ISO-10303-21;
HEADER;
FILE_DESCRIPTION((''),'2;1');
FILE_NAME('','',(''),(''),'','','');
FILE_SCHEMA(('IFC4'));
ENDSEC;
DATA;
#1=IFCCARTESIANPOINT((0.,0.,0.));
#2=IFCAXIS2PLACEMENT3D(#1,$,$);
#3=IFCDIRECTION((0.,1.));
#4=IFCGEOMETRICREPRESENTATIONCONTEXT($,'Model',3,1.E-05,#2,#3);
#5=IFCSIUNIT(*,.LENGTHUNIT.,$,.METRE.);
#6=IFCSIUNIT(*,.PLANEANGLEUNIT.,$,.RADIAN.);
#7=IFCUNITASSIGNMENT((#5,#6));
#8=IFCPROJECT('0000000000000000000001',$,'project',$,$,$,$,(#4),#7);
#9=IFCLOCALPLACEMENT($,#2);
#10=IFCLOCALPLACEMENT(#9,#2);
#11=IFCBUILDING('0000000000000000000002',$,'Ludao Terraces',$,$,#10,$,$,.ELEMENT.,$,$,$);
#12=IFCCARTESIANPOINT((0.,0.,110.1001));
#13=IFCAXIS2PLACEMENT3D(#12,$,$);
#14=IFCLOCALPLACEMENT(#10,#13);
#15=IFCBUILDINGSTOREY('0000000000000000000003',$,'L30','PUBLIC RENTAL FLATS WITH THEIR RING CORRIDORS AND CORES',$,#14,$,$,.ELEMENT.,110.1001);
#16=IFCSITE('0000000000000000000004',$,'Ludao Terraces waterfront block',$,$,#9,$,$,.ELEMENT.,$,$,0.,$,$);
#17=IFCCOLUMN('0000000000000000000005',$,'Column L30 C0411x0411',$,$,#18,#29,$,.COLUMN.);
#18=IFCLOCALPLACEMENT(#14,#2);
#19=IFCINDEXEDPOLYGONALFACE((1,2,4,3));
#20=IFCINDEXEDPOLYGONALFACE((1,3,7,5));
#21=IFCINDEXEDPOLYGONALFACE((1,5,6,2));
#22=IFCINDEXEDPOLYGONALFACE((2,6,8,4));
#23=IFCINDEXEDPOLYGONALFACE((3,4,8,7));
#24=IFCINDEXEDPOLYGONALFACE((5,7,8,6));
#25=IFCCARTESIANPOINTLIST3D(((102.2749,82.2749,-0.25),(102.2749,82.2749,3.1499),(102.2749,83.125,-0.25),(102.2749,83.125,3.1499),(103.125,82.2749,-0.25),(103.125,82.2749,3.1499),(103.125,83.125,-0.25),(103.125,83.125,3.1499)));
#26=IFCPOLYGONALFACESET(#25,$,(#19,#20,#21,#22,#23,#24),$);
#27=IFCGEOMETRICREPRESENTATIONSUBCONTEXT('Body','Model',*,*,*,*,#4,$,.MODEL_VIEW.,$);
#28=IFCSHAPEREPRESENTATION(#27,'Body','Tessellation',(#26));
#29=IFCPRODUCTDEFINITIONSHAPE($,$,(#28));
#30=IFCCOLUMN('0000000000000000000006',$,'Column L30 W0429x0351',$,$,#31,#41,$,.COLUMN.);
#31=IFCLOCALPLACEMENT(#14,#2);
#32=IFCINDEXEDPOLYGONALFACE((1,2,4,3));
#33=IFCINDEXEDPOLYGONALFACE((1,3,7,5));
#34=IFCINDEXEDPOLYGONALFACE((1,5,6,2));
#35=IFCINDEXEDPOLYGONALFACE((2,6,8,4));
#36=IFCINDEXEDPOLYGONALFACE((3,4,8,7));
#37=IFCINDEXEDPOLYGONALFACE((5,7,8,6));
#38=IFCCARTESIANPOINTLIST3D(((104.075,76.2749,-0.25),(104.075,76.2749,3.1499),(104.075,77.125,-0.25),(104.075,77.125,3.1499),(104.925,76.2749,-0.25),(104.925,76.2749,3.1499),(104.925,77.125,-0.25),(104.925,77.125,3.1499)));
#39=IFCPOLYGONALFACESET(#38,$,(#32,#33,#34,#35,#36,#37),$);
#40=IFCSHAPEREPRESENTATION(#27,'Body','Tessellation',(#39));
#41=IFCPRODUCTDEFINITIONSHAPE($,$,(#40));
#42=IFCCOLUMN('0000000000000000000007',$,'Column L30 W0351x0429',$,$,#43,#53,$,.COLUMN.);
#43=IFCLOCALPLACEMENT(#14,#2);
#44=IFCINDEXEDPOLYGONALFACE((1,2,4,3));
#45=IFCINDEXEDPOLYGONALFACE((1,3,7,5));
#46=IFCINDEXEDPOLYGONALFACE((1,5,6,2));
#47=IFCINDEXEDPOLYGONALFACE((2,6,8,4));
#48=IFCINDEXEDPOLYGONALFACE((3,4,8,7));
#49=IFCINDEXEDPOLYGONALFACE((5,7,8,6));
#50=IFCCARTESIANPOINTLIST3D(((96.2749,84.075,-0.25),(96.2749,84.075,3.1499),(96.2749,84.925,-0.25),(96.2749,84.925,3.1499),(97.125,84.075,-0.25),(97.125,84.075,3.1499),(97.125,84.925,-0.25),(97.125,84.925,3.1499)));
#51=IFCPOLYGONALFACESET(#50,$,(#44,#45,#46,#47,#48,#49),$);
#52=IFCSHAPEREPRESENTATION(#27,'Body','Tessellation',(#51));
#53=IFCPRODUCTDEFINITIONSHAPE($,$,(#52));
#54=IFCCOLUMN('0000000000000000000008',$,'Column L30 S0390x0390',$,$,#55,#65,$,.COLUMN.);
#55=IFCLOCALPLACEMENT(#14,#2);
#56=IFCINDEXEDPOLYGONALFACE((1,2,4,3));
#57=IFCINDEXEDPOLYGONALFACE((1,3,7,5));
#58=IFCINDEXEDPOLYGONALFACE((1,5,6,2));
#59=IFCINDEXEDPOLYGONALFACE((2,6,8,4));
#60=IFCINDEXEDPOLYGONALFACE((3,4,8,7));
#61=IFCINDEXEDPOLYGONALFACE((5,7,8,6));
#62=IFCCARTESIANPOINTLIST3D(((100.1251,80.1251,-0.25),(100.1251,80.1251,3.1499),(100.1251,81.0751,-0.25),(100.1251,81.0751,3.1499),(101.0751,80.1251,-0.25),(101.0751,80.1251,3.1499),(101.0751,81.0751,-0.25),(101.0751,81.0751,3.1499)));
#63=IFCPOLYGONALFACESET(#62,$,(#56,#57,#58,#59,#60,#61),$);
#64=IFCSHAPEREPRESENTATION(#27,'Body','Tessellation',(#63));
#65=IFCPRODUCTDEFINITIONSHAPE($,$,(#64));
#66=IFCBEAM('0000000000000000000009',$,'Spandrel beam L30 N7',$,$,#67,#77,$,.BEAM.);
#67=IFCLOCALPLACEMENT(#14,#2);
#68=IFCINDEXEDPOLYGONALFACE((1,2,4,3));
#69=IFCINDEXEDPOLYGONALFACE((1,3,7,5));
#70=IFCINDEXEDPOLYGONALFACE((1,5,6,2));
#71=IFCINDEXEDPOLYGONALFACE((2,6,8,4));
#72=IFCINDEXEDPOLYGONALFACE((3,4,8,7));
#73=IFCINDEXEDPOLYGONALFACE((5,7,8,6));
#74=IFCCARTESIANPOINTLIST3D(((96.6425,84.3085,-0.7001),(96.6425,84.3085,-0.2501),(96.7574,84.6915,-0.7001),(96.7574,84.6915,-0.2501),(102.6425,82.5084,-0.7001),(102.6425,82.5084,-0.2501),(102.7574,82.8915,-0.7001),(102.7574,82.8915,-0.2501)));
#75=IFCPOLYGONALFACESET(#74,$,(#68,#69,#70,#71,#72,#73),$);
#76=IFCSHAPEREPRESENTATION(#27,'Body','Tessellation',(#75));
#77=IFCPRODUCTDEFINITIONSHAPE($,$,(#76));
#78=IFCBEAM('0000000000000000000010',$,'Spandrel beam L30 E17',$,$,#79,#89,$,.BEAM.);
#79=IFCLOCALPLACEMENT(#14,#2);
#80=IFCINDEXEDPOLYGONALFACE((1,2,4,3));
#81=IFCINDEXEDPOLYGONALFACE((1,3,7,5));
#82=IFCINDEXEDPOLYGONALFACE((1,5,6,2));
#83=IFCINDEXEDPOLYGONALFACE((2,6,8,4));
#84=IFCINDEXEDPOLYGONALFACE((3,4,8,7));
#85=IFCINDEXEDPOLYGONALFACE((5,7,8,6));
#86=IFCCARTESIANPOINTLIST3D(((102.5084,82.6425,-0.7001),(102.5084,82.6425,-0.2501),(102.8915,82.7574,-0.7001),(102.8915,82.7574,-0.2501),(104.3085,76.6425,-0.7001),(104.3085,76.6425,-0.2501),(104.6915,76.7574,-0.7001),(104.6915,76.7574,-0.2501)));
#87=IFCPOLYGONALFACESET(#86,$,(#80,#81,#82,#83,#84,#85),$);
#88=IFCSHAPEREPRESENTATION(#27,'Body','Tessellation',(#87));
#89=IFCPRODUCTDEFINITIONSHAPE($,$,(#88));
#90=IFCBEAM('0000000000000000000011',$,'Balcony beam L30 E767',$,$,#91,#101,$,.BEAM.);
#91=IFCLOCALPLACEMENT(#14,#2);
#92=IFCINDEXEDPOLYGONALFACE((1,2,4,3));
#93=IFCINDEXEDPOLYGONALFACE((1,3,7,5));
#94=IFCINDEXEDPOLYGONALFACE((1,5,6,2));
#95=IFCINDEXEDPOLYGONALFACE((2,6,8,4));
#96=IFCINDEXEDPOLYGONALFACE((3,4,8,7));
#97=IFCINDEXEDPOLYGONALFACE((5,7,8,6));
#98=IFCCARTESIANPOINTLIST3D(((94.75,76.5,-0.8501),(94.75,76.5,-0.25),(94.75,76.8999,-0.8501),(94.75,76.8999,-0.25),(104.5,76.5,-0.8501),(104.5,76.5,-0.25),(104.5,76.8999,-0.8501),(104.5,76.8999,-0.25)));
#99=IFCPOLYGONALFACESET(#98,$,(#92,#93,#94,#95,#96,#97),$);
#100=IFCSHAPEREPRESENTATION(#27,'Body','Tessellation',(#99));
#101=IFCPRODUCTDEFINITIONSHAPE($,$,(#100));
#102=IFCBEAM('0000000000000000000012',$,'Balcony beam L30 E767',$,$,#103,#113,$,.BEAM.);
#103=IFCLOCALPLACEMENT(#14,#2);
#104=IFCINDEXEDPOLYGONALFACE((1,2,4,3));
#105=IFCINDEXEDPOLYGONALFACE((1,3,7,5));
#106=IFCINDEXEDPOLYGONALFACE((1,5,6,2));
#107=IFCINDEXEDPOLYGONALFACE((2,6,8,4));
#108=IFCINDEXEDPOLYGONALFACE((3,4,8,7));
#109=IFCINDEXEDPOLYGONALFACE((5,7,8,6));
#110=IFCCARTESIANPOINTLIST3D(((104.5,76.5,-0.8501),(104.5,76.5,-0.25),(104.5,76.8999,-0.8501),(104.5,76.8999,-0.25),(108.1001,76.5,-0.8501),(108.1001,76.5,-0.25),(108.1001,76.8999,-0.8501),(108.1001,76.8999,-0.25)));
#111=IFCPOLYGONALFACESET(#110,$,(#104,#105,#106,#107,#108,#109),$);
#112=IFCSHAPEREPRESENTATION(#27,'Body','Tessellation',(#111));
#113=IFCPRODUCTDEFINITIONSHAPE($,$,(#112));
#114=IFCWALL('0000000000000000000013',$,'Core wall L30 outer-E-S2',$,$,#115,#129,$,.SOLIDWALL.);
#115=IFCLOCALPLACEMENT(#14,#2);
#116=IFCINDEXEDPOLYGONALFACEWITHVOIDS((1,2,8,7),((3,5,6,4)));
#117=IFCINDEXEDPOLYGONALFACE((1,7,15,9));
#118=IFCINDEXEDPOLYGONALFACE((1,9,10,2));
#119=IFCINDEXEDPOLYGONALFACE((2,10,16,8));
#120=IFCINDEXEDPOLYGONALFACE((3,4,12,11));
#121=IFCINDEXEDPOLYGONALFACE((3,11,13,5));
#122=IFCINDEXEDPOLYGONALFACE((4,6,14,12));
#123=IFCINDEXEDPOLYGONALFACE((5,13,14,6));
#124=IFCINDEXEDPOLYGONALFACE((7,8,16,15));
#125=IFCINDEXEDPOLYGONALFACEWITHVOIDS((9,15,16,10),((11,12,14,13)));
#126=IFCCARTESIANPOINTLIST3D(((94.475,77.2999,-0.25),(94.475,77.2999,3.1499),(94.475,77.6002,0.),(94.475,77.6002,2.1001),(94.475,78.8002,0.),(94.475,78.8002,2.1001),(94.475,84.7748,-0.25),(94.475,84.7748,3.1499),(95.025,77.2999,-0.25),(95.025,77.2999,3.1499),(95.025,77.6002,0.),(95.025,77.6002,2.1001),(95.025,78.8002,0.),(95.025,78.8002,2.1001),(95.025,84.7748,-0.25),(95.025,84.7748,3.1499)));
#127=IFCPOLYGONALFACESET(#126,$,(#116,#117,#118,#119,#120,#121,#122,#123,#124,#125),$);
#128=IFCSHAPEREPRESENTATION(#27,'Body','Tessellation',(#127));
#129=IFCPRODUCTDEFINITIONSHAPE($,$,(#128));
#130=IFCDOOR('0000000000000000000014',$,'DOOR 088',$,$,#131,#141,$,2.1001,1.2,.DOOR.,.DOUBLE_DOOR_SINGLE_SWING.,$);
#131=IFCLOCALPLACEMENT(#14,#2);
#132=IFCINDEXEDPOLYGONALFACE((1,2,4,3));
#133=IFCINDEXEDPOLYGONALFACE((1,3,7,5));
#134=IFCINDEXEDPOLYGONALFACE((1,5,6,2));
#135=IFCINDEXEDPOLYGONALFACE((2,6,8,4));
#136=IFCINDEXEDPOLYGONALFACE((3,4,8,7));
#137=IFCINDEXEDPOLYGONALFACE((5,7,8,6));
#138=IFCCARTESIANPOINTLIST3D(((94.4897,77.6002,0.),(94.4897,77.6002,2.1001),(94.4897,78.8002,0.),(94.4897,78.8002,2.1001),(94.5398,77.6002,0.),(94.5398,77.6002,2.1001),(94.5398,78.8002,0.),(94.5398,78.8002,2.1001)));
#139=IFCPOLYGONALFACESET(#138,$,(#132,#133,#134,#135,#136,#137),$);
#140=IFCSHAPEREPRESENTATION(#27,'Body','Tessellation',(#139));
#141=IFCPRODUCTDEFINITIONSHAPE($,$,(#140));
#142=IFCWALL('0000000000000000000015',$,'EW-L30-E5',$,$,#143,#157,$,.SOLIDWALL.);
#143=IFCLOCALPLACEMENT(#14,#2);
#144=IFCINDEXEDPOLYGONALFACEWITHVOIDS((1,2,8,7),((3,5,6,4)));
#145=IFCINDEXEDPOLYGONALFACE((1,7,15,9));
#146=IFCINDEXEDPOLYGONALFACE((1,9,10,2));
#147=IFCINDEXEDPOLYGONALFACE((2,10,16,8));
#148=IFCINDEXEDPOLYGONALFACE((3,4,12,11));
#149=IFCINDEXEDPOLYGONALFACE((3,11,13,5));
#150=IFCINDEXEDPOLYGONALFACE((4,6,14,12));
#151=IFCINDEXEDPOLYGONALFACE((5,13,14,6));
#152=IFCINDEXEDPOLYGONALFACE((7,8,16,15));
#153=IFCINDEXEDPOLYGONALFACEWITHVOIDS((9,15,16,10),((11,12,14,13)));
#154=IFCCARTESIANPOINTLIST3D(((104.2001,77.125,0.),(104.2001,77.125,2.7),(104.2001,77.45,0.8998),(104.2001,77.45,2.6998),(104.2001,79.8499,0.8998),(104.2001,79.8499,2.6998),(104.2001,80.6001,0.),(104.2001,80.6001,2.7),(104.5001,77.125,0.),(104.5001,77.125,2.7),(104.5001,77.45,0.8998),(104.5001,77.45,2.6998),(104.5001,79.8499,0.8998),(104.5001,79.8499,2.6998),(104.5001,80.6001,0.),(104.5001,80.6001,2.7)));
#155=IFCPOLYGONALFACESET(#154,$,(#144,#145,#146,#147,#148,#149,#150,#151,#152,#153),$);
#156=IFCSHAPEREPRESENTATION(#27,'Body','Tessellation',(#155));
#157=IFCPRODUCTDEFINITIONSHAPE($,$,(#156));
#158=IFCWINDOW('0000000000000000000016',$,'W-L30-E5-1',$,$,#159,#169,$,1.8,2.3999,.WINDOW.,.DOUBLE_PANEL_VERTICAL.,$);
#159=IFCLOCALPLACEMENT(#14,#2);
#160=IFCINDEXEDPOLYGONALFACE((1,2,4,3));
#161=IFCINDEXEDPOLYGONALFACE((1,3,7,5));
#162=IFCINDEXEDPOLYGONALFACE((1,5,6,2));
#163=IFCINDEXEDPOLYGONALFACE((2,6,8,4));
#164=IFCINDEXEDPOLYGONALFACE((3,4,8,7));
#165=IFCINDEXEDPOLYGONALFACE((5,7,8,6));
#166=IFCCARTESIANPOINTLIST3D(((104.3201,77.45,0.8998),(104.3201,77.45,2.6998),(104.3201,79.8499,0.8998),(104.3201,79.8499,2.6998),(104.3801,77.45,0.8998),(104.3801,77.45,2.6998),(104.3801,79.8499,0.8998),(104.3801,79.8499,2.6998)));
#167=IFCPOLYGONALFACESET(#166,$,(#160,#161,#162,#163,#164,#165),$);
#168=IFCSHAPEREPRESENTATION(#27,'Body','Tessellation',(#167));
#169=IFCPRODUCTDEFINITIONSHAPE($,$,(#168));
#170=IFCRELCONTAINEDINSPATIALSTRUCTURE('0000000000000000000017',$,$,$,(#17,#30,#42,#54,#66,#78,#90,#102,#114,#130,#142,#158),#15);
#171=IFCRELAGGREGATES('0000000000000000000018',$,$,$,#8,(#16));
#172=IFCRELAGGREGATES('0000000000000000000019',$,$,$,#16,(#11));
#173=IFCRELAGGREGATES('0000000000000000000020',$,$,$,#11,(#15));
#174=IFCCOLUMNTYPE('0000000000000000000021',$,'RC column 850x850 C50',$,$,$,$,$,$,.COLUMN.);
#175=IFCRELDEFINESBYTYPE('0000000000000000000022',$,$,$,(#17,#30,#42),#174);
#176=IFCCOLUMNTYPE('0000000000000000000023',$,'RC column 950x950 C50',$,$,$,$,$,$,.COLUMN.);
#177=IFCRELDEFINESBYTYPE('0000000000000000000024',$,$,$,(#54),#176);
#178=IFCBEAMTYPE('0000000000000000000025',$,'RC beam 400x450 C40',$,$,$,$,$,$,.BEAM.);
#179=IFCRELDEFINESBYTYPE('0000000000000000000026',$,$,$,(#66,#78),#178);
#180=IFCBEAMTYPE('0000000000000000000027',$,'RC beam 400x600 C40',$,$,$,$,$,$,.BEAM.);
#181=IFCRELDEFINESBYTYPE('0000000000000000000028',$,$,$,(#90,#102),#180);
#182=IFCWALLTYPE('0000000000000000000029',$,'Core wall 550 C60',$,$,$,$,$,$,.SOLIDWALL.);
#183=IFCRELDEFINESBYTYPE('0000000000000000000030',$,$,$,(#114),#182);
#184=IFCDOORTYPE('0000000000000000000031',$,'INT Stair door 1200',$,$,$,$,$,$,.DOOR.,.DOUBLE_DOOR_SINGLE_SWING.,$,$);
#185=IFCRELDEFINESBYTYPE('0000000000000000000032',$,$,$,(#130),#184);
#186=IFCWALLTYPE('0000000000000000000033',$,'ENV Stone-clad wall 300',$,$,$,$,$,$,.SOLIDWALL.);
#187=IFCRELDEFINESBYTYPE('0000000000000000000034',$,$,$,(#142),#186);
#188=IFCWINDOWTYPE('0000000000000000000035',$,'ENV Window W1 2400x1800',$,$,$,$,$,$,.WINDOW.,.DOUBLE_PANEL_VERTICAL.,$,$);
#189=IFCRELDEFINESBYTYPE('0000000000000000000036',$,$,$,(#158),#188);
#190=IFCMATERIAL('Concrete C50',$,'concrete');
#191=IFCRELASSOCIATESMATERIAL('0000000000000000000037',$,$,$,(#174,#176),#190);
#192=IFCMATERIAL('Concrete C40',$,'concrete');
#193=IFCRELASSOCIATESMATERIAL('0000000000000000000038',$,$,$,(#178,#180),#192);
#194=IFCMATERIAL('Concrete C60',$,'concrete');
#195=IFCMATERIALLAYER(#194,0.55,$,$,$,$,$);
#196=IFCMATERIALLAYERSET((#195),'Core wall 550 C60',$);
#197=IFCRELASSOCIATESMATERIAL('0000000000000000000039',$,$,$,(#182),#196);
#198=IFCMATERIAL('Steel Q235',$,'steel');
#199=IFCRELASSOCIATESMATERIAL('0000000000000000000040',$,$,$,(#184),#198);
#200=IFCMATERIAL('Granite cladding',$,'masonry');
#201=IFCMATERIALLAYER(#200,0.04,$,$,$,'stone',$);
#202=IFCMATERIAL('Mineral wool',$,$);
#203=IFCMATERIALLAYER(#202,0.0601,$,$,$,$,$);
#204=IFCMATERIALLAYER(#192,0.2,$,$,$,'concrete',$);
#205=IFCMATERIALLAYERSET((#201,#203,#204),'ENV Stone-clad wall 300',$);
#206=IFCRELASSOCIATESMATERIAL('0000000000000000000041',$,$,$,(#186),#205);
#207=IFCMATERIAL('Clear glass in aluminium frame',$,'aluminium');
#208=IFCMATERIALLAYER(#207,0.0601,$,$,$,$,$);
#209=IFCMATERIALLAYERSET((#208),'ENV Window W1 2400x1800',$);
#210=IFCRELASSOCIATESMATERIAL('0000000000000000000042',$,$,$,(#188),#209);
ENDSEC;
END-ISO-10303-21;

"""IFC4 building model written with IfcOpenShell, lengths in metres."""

from ifc_helpers import new_model, si_unit, direction, frame, frame_2d, origin, origin_2d, place, context, subcontext, project, spatial, rectangle, extrude, material, layer, layer_set, material_profile, profile_set, type_object, element, fill, save


model = new_model("IFC4")

# Units and contexts
model_context = context("Model", 3, precision=1e-05, world=origin(), true_north=direction((0.0, 1.0)))
body_context = subcontext(model_context, "Body", "Model", "MODEL_VIEW")
ifc_project = project(units=[si_unit("LENGTHUNIT", "METRE"), si_unit("PLANEANGLEUNIT", "RADIAN")], contexts=[model_context])

# Site, building, storey
site_placement = place(None, origin())
site = spatial("IfcSite", under=ifc_project, at=site_placement, Name="Ludao Terraces waterfront block", CompositionType="ELEMENT", RefElevation=0.0)
building_placement = place(site_placement, origin())
building = spatial("IfcBuilding", under=site, at=building_placement, Name="Ludao Terraces", CompositionType="ELEMENT")
storey_placement = place(building_placement, frame((0.0, 0.0, 110.1001)))
storey = spatial("IfcBuildingStorey", under=building, at=storey_placement, Name="L30", Description="PUBLIC RENTAL FLATS WITH THEIR RING CORRIDORS AND CORES", CompositionType="ELEMENT", Elevation=110.1001)

# Columns
ifc_material_1 = material(Name="Concrete C50", Category="concrete")
ifc_material_profile_1 = material_profile(ifc_material_1, rectangle(XDim=0.8501, YDim=0.8501, at=origin_2d()), Name="850 X 850")
ifc_profile_set_1 = profile_set([ifc_material_profile_1], Name="Concrete C50")
column_type_1 = type_object("IfcColumnType", Name="RC column 850x850 C50", PredefinedType="COLUMN", material=ifc_profile_set_1)
for number, where, z_axis, x_axis, name in (
    (1, (102.7, 82.7, -0.25), (0.0, 0.0, 1.0), (1.0, 0.0, 0.0), "Column L30 C0411x0411"),
    (2, (104.5, 76.7, -0.25), (0.0, 0.0, 1.0), (1.0, 0.0, 0.0), "Column L30 W0429x0351"),
    (3, (96.7, 84.5, -0.25), (0.0, 0.0, 1.0), (1.0, 0.0, 0.0), "Column L30 W0351x0429"),
):
    element("IfcColumn", number, at=place(storey_placement, frame(where, z_axis=z_axis, x_axis=x_axis)), inside=storey, type_object=column_type_1, Name=name, PredefinedType="COLUMN", context=body_context, shape_type="SweptSolid", body=[
        extrude(rectangle(XDim=0.8501, YDim=0.8501, at=origin_2d()), origin(), (0.0, 0.0, 1.0), 3.3999),
    ])
ifc_material_profile_2 = material_profile(ifc_material_1, rectangle(XDim=0.95, YDim=0.95, at=origin_2d()), Name="950 X 950")
ifc_profile_set_2 = profile_set([ifc_material_profile_2], Name="Concrete C50")
column_type_2 = type_object("IfcColumnType", Name="RC column 950x950 C50", PredefinedType="COLUMN", material=ifc_profile_set_2)
column_placement = place(storey_placement, frame((100.6001, 80.6001, -0.25), z_axis=(0.0, 0.0, 1.0), x_axis=(1.0, 0.0, 0.0)))
element("IfcColumn", 4, at=column_placement, inside=storey, type_object=column_type_2, Name="Column L30 S0390x0390", PredefinedType="COLUMN", context=body_context, shape_type="SweptSolid", body=[
    extrude(rectangle(XDim=0.95, YDim=0.95, at=origin_2d()), origin(), (0.0, 0.0, 1.0), 3.3999),
])

# Beams
ifc_material_2 = material(Name="Concrete C40", Category="concrete")
ifc_material_profile_3 = material_profile(ifc_material_2, rectangle(XDim=0.3999, YDim=0.45, at=origin_2d()), Name="400 X 450")
ifc_profile_set_3 = profile_set([ifc_material_profile_3], Name="Concrete C40")
beam_type_1 = type_object("IfcBeamType", Name="RC beam 400x450 C40", PredefinedType="BEAM", material=ifc_profile_set_3)
for number, where, z_axis, x_axis, name in (
    (5, (96.7, 84.5, -0.4751), (0.957824, -0.287355, 0.0), (0.287355, 0.957824, 0.0), "Spandrel beam L30 N7"),
    (6, (104.5, 76.7, -0.4751), (-0.287355, 0.957824, 0.0), (-0.957824, -0.287355, 0.0), "Spandrel beam L30 E17"),
):
    element("IfcBeam", number, at=place(storey_placement, frame(where, z_axis=z_axis, x_axis=x_axis)), inside=storey, type_object=beam_type_1, Name=name, PredefinedType="BEAM", context=body_context, shape_type="SweptSolid", body=[
        extrude(rectangle(XDim=0.3999, YDim=0.45, at=origin_2d()), origin(), (0.0, 0.0, 1.0), 6.2642),
    ])
ifc_material_profile_4 = material_profile(ifc_material_2, rectangle(XDim=0.3999, YDim=0.6001, at=origin_2d()), Name="400 X 600")
ifc_profile_set_4 = profile_set([ifc_material_profile_4], Name="Concrete C40")
beam_type_2 = type_object("IfcBeamType", Name="RC beam 400x600 C40", PredefinedType="BEAM", material=ifc_profile_set_4)
beam_1_placement = place(storey_placement, frame((94.75, 76.7, -0.55), z_axis=(1.0, 0.0, 0.0), x_axis=(0.0, 1.0, 0.0)))
element("IfcBeam", 7, at=beam_1_placement, inside=storey, type_object=beam_type_2, Name="Balcony beam L30 E767", PredefinedType="BEAM", context=body_context, shape_type="SweptSolid", body=[
    extrude(rectangle(XDim=0.3999, YDim=0.6001, at=origin_2d()), origin(), (0.0, 0.0, 1.0), 9.75),
])
beam_2_placement = place(storey_placement, frame((104.5, 76.7, -0.55), z_axis=(1.0, 0.0, 0.0), x_axis=(0.0, 1.0, 0.0)))
element("IfcBeam", 8, at=beam_2_placement, inside=storey, type_object=beam_type_2, Name="Balcony beam L30 E767", PredefinedType="BEAM", context=body_context, shape_type="SweptSolid", body=[
    extrude(rectangle(XDim=0.3999, YDim=0.6001, at=origin_2d()), origin(), (0.0, 0.0, 1.0), 3.6001),
])

# Wall, opening, door
ifc_material_3 = material(Name="Concrete C60", Category="concrete")
ifc_layer_1 = layer(ifc_material_3, 0.55)
ifc_layer_set_1 = layer_set([ifc_layer_1], Name="Core wall 550 C60")
wall_type_1 = type_object("IfcWallType", Name="Core wall 550 C60", PredefinedType="SOLIDWALL", material=ifc_layer_set_1)
wall_1_placement = place(storey_placement, frame((94.75, 77.3, -0.25), z_axis=(0.0, 0.0, 1.0), x_axis=(0.0, 1.0, 0.0)))
wall_1 = element("IfcWall", 9, at=wall_1_placement, inside=storey, type_object=wall_type_1, Name="Core wall L30 outer-E-S2", PredefinedType="SOLIDWALL", context=body_context, shape_type="SweptSolid", body=[
    extrude(rectangle(XDim=7.4749, YDim=0.55, at=frame_2d((3.7373, 0.0))), origin(), (0.0, 0.0, 1.0), 3.3999),
])
opening_1_placement = place(wall_1_placement, frame((0.3, 0.0, 0.25)))
opening_1 = element("IfcOpeningElement", 10, at=opening_1_placement, cuts=wall_1, PredefinedType="OPENING", context=body_context, shape_type="SweptSolid", body=[
    extrude(rectangle(XDim=1.2, YDim=2.1001, at=frame_2d((0.6001, 1.05))), frame((0.0, 0.2852, 0.0), z_axis=(0.0, -1.0, 0.0), x_axis=(1.0, 0.0, 0.0)), (0.0, 0.0, 1.0), 0.5701),
])
ifc_material_4 = material(Name="Steel Q235", Category="steel")
door_type_1 = type_object("IfcDoorType", Name="INT Stair door 1200", OperationType="DOUBLE_DOOR_SINGLE_SWING", PredefinedType="DOOR", material=ifc_material_4)
door_1_placement = place(opening_1_placement, origin())
door_1 = element("IfcDoor", 11, at=door_1_placement, inside=storey, type_object=door_type_1, Name="DOOR 088", OperationType="DOUBLE_DOOR_SINGLE_SWING", OverallHeight=2.1001, OverallWidth=1.2, PredefinedType="DOOR", context=body_context, shape_type="SweptSolid", body=[
    extrude(rectangle(XDim=1.2, YDim=2.1001, at=frame_2d((0.6001, 1.05))), frame((0.0, 0.2603, 0.0), z_axis=(0.0, -1.0, 0.0), x_axis=(1.0, 0.0, 0.0)), (0.0, 0.0, 1.0), 0.05),
])
fill(opening_1, door_1)

# Wall, opening, window
ifc_material_5 = material(Name="Granite cladding", Category="masonry")
ifc_layer_2 = layer(ifc_material_5, 0.04, Category="stone")
ifc_material_6 = material(Name="Mineral wool")
ifc_layer_3 = layer(ifc_material_6, 0.0601)
ifc_layer_4 = layer(ifc_material_2, 0.2, Category="concrete")
ifc_layer_set_2 = layer_set([ifc_layer_2, ifc_layer_3, ifc_layer_4], Name="ENV Stone-clad wall 300")
wall_type_2 = type_object("IfcWallType", Name="ENV Stone-clad wall 300", PredefinedType="SOLIDWALL", material=ifc_layer_set_2)
wall_2_placement = place(storey_placement, frame((104.3501, 77.125, 0.0), z_axis=(0.0, 0.0, 1.0), x_axis=(0.0, 1.0, 0.0)))
wall_2 = element("IfcWall", 12, at=wall_2_placement, inside=storey, type_object=wall_type_2, Name="EW-L30-E5", PredefinedType="SOLIDWALL", context=body_context, shape_type="SweptSolid", body=[
    extrude(rectangle(XDim=3.4751, YDim=0.3, at=frame_2d((1.7375, 0.0))), origin(), (0.0, 0.0, 1.0), 2.7),
])
opening_2_placement = place(wall_2_placement, frame((0.325, 0.0, 0.8999)))
opening_2 = element("IfcOpeningElement", 13, at=opening_2_placement, cuts=wall_2, PredefinedType="OPENING", context=body_context, shape_type="SweptSolid", body=[
    extrude(rectangle(XDim=2.3999, YDim=1.8, at=frame_2d((1.2, 0.8999))), frame((0.0, 0.1602, 0.0), z_axis=(0.0, -1.0, 0.0), x_axis=(1.0, 0.0, 0.0)), (0.0, 0.0, 1.0), 0.3201),
])
ifc_material_7 = material(Name="Clear glass in aluminium frame", Category="aluminium")
ifc_layer_5 = layer(ifc_material_7, 0.0601)
ifc_layer_set_3 = layer_set([ifc_layer_5], Name="ENV Window W1 2400x1800")
window_type_1 = type_object("IfcWindowType", Name="ENV Window W1 2400x1800", PartitioningType="DOUBLE_PANEL_VERTICAL", PredefinedType="WINDOW", material=ifc_layer_set_3)
window_1_placement = place(opening_2_placement, origin())
window_1 = element("IfcWindow", 14, at=window_1_placement, inside=storey, type_object=window_type_1, Name="W-L30-E5-1", OverallHeight=1.8, OverallWidth=2.3999, PartitioningType="DOUBLE_PANEL_VERTICAL", PredefinedType="WINDOW", context=body_context, shape_type="SweptSolid", body=[
    extrude(rectangle(XDim=2.3999, YDim=1.8, at=frame_2d((1.2, 0.8999))), frame((0.0, 0.03, 0.0), z_axis=(0.0, -1.0, 0.0), x_axis=(1.0, 0.0, 0.0)), (0.0, 0.0, 1.0), 0.0601),
])
fill(opening_2, window_1)

save(model, "model.ifc")
